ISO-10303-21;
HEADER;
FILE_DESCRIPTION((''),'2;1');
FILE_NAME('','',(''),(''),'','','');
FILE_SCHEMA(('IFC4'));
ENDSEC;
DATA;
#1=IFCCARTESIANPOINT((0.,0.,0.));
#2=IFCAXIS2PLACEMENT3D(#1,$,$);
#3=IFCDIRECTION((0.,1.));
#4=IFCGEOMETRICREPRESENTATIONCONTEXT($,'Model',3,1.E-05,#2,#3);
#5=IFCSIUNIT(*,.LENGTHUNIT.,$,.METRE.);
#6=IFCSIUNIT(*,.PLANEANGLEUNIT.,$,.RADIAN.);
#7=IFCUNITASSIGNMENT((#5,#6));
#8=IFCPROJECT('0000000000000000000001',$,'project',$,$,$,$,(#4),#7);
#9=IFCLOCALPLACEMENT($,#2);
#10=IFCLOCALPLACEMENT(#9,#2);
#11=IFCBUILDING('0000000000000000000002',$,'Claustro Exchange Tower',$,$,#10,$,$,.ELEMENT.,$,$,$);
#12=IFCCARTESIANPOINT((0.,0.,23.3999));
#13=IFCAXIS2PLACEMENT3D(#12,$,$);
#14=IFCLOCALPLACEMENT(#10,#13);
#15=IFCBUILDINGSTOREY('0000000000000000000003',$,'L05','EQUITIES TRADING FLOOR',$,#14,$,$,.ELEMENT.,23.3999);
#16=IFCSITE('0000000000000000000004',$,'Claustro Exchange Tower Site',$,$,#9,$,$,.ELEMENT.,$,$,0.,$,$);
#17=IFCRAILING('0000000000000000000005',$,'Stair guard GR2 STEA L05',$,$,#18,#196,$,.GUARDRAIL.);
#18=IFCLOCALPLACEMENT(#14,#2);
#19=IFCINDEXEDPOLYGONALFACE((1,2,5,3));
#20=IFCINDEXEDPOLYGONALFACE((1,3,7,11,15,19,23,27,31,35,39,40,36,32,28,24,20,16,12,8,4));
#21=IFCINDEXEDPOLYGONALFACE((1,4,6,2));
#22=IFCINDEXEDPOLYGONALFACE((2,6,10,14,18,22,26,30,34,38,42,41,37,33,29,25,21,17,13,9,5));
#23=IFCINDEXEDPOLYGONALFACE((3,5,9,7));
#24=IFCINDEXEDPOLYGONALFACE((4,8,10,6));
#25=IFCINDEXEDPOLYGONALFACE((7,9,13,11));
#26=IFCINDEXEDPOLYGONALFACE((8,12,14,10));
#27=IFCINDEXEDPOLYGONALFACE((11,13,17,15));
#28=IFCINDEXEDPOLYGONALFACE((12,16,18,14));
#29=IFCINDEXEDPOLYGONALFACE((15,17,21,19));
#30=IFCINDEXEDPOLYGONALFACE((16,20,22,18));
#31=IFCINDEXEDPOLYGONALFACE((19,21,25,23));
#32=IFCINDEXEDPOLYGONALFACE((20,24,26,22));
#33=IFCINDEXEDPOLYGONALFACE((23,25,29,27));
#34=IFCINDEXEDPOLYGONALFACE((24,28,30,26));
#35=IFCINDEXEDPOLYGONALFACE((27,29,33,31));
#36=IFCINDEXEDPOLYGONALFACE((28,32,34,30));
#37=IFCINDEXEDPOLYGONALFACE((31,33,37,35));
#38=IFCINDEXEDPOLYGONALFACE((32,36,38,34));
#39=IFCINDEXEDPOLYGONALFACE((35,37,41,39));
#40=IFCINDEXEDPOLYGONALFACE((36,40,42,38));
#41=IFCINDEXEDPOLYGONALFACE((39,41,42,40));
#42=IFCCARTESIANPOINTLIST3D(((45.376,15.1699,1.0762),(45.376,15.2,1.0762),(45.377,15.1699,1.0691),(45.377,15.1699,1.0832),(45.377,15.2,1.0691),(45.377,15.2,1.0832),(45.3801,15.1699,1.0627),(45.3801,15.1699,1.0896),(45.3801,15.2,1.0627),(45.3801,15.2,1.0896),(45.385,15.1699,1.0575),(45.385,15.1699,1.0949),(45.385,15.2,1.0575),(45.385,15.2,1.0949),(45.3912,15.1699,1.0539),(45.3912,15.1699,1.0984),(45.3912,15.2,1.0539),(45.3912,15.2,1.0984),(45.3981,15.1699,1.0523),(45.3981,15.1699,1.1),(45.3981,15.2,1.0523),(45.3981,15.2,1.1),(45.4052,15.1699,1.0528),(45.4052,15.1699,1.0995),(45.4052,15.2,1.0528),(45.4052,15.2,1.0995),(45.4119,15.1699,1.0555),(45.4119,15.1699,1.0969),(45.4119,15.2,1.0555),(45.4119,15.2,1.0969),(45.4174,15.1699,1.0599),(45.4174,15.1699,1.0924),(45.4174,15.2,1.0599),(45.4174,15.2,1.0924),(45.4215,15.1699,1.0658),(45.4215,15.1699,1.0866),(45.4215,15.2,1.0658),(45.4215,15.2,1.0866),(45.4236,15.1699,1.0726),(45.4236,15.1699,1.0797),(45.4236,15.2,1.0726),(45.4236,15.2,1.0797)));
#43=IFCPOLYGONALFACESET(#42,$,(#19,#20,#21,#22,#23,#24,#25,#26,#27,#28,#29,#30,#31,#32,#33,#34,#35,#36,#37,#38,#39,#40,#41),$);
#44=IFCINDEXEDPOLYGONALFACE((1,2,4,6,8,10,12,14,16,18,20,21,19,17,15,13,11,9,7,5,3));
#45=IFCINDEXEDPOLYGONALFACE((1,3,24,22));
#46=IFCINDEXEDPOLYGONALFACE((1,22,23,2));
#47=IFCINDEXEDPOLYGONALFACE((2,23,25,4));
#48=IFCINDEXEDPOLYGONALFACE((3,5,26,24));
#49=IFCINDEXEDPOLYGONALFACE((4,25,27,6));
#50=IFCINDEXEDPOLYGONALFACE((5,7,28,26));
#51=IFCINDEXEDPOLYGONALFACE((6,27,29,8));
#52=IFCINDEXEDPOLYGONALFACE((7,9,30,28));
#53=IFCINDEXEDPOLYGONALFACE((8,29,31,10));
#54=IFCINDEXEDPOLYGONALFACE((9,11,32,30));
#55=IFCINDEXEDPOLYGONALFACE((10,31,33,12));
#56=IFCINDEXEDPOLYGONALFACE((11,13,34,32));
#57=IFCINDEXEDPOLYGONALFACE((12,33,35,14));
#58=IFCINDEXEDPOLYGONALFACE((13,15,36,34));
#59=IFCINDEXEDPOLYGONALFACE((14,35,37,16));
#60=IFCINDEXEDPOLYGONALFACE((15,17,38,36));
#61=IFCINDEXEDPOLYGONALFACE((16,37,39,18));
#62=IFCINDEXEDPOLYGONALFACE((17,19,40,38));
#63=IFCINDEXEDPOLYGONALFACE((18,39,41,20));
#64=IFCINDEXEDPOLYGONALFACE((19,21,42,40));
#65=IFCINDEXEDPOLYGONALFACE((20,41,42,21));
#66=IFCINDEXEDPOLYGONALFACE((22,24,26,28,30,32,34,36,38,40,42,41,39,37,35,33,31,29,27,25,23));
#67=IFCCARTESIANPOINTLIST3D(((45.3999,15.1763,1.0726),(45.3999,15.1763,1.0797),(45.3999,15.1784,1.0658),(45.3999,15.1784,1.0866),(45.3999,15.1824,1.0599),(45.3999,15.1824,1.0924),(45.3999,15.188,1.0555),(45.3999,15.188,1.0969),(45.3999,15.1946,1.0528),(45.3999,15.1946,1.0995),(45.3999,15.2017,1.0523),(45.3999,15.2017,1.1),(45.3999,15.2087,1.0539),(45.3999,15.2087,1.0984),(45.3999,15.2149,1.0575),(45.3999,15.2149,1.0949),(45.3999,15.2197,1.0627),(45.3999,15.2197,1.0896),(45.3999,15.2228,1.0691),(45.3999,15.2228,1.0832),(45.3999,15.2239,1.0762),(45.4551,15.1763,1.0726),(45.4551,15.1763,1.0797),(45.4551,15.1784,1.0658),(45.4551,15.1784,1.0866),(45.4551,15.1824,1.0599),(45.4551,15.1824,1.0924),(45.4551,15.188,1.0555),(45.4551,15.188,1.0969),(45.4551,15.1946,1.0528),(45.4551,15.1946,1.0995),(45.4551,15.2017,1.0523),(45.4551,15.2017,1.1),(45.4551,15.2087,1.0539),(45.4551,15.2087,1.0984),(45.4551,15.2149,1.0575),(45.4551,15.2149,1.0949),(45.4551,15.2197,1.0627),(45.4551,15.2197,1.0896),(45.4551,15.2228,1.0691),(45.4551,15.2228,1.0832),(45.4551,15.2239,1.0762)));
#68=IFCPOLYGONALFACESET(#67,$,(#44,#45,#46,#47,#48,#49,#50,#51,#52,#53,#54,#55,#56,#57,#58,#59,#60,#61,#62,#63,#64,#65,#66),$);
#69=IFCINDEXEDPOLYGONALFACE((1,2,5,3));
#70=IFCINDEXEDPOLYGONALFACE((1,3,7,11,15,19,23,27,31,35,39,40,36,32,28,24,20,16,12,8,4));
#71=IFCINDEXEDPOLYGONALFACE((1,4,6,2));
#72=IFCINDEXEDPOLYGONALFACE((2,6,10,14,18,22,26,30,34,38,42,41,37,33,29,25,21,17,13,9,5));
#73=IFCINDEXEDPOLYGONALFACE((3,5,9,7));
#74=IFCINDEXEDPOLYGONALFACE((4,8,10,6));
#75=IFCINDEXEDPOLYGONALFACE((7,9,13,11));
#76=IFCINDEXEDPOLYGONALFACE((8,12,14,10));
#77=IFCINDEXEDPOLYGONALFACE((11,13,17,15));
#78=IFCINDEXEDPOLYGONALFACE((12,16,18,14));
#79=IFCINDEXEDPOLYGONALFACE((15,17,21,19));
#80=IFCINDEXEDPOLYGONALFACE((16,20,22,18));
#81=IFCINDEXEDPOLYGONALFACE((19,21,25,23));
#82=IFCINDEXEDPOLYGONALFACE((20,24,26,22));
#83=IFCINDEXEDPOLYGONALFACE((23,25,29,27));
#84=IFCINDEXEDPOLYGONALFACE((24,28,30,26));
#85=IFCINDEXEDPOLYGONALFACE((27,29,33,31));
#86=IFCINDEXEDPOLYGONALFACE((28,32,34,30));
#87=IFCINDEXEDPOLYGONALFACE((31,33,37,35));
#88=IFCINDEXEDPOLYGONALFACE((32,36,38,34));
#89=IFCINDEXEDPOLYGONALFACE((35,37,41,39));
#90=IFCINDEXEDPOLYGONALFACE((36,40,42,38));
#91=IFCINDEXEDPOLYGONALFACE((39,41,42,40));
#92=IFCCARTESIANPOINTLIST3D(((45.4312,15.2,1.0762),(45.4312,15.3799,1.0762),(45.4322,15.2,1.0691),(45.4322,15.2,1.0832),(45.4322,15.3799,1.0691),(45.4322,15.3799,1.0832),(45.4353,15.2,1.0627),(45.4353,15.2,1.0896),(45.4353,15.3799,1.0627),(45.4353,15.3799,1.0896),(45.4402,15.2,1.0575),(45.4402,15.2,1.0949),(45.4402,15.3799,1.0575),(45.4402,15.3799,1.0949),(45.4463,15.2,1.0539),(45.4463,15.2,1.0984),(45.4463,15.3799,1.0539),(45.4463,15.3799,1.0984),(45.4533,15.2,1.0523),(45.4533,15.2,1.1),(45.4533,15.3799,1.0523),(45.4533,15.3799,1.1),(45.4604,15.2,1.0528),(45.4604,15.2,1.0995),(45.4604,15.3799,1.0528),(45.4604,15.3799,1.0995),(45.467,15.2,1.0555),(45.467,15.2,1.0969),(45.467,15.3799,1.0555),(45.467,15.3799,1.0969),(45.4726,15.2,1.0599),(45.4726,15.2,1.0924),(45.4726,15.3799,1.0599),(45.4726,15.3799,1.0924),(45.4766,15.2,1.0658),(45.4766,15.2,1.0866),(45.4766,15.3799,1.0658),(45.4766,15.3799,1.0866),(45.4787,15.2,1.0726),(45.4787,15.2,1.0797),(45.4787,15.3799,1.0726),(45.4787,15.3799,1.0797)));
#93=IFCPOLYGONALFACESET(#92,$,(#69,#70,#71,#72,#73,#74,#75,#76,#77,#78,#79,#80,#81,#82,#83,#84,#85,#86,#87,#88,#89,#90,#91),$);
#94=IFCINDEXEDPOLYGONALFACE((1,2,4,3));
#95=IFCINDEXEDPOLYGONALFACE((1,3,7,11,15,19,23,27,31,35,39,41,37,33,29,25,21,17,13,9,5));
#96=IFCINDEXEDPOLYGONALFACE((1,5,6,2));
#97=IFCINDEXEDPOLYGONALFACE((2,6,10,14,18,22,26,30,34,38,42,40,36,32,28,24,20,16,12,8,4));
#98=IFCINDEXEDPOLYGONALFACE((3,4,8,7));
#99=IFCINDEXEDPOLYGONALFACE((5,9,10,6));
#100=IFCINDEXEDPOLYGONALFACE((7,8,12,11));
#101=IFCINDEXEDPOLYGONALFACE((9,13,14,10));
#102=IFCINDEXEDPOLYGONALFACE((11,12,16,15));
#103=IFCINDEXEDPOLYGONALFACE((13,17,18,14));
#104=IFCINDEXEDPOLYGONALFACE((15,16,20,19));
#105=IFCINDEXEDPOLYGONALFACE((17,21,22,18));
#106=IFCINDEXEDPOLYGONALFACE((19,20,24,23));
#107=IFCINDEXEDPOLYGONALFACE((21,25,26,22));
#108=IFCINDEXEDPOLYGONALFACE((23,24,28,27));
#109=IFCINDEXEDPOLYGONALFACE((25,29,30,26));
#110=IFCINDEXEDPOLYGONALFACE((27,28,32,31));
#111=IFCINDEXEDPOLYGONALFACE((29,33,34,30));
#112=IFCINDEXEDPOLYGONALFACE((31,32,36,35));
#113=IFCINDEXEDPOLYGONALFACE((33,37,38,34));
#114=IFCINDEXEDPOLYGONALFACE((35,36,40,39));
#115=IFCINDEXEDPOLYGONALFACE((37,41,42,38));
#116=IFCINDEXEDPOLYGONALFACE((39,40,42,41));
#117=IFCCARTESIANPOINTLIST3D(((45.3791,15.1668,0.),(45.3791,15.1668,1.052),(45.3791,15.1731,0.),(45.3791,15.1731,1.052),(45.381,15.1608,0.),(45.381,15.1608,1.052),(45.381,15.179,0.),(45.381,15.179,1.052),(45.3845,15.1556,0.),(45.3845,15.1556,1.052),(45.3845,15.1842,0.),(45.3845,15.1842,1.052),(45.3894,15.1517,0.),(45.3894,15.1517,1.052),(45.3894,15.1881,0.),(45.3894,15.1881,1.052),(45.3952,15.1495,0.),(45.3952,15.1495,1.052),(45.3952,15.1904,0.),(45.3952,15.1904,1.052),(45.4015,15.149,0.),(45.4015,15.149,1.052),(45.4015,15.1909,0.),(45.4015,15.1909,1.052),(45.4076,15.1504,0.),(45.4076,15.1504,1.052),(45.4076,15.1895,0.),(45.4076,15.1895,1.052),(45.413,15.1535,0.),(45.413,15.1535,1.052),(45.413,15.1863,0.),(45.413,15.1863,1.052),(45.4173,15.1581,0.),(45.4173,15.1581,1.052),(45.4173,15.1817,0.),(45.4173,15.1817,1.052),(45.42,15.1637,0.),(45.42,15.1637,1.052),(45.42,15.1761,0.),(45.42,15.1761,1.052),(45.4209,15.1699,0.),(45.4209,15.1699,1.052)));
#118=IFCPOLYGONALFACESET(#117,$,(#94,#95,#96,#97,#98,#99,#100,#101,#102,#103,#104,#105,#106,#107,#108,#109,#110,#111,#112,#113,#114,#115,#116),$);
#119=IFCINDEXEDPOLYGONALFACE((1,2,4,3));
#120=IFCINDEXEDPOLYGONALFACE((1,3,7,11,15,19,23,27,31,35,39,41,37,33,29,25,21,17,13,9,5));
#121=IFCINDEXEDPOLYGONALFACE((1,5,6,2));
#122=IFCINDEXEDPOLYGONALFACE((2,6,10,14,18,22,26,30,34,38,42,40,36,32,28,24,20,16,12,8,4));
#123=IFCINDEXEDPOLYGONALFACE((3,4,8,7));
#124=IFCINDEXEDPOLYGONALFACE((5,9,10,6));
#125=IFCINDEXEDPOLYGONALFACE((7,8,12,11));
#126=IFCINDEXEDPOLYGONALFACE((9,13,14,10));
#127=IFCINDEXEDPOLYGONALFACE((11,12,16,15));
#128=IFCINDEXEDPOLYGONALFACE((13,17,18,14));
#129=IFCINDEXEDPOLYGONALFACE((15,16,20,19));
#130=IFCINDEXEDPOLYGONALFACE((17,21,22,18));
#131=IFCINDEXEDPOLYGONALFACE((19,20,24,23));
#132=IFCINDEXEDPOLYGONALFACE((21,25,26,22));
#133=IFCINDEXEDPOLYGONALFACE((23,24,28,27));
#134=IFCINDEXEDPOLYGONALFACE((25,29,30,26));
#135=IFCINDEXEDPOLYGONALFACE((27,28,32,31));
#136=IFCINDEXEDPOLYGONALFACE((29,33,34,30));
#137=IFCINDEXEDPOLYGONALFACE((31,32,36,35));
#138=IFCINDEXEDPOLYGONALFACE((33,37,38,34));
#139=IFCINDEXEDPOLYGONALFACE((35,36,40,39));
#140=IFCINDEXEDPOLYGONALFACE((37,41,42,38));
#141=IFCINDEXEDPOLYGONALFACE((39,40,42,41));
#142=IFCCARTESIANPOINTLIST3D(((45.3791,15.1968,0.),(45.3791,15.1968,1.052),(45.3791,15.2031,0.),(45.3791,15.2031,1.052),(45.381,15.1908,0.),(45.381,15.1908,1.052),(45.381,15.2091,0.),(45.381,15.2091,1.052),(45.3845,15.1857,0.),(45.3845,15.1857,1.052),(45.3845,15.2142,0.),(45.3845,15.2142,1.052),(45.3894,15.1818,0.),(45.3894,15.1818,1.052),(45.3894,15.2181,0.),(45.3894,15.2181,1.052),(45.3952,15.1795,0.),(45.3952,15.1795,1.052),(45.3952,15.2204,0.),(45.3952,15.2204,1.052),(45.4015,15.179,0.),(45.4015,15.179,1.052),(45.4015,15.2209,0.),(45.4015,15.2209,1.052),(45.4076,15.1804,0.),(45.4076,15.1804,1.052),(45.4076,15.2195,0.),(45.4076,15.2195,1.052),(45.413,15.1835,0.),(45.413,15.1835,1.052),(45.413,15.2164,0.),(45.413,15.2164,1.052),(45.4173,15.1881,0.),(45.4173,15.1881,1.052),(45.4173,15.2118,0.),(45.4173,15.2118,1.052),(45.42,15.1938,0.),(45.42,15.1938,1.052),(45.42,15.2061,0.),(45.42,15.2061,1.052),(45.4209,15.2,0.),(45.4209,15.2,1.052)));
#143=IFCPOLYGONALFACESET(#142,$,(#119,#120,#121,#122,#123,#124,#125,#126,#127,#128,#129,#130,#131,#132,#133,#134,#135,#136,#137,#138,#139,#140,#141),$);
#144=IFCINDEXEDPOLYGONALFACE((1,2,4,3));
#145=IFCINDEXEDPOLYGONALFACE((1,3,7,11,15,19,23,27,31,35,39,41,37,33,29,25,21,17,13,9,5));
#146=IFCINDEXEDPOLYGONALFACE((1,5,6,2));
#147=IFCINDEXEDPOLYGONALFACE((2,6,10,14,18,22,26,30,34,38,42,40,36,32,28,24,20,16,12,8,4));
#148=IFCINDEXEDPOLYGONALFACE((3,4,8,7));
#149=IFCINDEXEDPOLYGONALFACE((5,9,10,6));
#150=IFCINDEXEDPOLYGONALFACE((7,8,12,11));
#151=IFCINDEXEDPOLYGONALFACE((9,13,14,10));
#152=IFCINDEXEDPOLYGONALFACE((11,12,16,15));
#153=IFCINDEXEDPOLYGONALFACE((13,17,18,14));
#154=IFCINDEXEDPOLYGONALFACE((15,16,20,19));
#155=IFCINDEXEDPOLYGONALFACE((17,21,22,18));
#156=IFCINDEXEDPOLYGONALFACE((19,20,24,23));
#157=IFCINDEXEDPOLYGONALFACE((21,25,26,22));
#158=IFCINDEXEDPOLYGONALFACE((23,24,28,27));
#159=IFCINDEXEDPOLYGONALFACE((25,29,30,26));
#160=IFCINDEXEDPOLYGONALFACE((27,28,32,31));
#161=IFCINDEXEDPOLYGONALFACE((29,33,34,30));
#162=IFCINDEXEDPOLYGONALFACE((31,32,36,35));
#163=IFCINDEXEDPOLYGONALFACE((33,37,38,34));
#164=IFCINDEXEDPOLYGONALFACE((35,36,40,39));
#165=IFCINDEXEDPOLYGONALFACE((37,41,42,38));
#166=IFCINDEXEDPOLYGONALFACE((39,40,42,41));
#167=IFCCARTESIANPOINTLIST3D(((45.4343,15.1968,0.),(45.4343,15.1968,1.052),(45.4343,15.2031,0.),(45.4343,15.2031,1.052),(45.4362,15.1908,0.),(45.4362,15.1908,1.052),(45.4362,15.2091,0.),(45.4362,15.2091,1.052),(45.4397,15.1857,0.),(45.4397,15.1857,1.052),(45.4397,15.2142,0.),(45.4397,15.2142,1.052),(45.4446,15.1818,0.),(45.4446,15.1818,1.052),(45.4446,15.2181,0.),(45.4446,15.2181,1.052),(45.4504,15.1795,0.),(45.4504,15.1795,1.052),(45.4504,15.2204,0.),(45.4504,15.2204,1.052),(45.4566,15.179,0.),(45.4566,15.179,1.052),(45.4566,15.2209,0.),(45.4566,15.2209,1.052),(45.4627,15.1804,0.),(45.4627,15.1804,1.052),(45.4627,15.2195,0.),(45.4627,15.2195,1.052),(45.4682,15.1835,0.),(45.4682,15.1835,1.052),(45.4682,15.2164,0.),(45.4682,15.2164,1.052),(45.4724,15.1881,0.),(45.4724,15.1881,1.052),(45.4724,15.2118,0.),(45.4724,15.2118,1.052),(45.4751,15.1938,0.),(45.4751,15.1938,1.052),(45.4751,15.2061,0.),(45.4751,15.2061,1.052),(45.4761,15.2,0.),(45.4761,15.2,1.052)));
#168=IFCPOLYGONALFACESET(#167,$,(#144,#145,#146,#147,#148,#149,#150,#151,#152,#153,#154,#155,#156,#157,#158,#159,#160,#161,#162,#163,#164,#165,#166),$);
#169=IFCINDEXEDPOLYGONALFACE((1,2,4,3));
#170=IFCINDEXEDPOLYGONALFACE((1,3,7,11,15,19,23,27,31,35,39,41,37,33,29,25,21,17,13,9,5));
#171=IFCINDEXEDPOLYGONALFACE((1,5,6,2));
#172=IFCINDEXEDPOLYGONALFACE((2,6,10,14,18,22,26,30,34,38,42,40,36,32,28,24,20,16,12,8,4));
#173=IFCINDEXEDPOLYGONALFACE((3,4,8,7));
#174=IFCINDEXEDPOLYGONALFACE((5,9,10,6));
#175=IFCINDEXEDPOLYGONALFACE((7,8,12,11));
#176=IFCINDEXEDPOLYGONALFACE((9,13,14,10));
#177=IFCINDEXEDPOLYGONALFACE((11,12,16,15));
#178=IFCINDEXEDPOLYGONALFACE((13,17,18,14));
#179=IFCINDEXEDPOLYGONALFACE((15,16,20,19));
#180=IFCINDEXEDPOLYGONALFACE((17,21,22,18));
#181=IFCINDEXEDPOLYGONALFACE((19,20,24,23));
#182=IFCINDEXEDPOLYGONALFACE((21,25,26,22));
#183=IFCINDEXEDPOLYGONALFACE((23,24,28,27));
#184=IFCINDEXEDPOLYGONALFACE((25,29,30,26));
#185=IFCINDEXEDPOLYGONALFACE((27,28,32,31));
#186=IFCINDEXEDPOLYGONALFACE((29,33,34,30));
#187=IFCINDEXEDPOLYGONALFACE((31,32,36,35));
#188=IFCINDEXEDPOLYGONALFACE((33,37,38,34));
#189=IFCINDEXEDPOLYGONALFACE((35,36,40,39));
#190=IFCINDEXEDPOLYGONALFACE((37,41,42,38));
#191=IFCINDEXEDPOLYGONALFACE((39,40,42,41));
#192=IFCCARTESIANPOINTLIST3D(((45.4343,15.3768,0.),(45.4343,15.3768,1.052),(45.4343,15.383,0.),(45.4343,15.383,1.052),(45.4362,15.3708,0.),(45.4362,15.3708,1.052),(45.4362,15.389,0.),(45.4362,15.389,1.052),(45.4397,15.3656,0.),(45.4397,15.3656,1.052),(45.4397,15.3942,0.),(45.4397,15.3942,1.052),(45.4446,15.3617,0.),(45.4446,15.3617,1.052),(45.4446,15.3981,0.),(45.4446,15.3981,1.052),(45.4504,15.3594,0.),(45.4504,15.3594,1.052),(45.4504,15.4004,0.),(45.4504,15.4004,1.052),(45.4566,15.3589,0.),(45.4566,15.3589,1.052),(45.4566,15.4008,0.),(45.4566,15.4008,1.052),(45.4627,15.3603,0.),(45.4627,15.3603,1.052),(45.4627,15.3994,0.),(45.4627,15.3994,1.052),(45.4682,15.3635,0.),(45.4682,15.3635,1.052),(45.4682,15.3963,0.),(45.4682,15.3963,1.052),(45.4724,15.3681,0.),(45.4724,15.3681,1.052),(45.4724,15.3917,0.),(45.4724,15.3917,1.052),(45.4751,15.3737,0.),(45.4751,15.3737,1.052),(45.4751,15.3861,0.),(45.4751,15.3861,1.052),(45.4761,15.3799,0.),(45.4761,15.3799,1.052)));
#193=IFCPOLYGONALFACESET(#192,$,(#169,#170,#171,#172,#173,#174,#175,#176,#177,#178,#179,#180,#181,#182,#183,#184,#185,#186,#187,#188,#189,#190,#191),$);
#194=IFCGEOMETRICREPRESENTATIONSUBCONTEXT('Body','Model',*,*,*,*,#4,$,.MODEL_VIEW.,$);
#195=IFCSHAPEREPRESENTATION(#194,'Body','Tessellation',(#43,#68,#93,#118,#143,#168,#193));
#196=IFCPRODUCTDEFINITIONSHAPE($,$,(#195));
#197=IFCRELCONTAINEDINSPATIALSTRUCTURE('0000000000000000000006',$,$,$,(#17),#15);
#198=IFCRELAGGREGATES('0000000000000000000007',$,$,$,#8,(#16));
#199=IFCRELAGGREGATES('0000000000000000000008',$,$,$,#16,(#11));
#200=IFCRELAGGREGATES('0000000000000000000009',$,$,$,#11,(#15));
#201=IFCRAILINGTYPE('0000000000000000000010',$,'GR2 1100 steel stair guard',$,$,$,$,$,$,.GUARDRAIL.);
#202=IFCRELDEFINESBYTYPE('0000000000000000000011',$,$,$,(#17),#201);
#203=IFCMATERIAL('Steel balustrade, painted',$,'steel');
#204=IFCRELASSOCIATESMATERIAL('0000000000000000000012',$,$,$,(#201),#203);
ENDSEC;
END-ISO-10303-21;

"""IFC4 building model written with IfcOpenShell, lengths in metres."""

from ifc_helpers import new_model, si_unit, direction, frame, origin, origin_2d, place, context, subcontext, project, spatial, circle, extrude, material, type_object, element, save


model = new_model("IFC4")

# Units and contexts
model_context = context("Model", 3, precision=1e-05, world=origin(), true_north=direction((0.0, 1.0)))
body_context = subcontext(model_context, "Body", "Model", "MODEL_VIEW")
ifc_project = project(units=[si_unit("LENGTHUNIT", "METRE"), si_unit("PLANEANGLEUNIT", "RADIAN")], contexts=[model_context])

# Site, building, storey
site_placement = place(None, origin())
site = spatial("IfcSite", under=ifc_project, at=site_placement, Name="Claustro Exchange Tower Site", CompositionType="ELEMENT", RefElevation=0.0)
building_placement = place(site_placement, origin())
building = spatial("IfcBuilding", under=site, at=building_placement, Name="Claustro Exchange Tower", CompositionType="ELEMENT")
storey_placement = place(building_placement, frame((0.0, 0.0, 23.3999)))
storey = spatial("IfcBuildingStorey", under=building, at=storey_placement, Name="L05", Description="EQUITIES TRADING FLOOR", CompositionType="ELEMENT", Elevation=23.3999)

# Railing
ifc_material_1 = material(Name="Steel balustrade, painted", Category="steel")
railing_type_1 = type_object("IfcRailingType", Name="GR2 1100 steel stair guard", PredefinedType="GUARDRAIL", material=ifc_material_1)
railing_1_placement = place(storey_placement, frame((45.3999, 15.1699, 0.0)))
element("IfcRailing", 1, at=railing_1_placement, inside=storey, type_object=railing_type_1, Name="Stair guard GR2 STEA L05", PredefinedType="GUARDRAIL", context=body_context, shape_type="SweptSolid", body=[
    extrude(circle(Radius=0.0239, at=origin_2d()), frame((0.0, 0.0, 1.0762), z_axis=(0.0, 1.0, 0.0), x_axis=(-1.0, 0.0, 0.0)), (0.0, 0.0, 1.0), 0.03),
    extrude(circle(Radius=0.0239, at=origin_2d()), frame((0.0, 0.03, 1.0762), z_axis=(1.0, 0.0, 0.0), x_axis=(0.0, 1.0, 0.0)), (0.0, 0.0, 1.0), 0.0552),
    extrude(circle(Radius=0.0239, at=origin_2d()), frame((0.0552, 0.03, 1.0762), z_axis=(0.0, 1.0, 0.0), x_axis=(-1.0, 0.0, 0.0)), (0.0, 0.0, 1.0), 0.1799),
    extrude(circle(Radius=0.021, at=origin_2d()), origin(), (0.0, 0.0, 1.0), 1.052),
    extrude(circle(Radius=0.021, at=origin_2d()), frame((0.0, 0.03, 0.0)), (0.0, 0.0, 1.0), 1.052),
    extrude(circle(Radius=0.021, at=origin_2d()), frame((0.0552, 0.03, 0.0)), (0.0, 0.0, 1.0), 1.052),
    extrude(circle(Radius=0.021, at=origin_2d()), frame((0.0552, 0.21, 0.0)), (0.0, 0.0, 1.0), 1.052),
])

save(model, "model.ifc")
